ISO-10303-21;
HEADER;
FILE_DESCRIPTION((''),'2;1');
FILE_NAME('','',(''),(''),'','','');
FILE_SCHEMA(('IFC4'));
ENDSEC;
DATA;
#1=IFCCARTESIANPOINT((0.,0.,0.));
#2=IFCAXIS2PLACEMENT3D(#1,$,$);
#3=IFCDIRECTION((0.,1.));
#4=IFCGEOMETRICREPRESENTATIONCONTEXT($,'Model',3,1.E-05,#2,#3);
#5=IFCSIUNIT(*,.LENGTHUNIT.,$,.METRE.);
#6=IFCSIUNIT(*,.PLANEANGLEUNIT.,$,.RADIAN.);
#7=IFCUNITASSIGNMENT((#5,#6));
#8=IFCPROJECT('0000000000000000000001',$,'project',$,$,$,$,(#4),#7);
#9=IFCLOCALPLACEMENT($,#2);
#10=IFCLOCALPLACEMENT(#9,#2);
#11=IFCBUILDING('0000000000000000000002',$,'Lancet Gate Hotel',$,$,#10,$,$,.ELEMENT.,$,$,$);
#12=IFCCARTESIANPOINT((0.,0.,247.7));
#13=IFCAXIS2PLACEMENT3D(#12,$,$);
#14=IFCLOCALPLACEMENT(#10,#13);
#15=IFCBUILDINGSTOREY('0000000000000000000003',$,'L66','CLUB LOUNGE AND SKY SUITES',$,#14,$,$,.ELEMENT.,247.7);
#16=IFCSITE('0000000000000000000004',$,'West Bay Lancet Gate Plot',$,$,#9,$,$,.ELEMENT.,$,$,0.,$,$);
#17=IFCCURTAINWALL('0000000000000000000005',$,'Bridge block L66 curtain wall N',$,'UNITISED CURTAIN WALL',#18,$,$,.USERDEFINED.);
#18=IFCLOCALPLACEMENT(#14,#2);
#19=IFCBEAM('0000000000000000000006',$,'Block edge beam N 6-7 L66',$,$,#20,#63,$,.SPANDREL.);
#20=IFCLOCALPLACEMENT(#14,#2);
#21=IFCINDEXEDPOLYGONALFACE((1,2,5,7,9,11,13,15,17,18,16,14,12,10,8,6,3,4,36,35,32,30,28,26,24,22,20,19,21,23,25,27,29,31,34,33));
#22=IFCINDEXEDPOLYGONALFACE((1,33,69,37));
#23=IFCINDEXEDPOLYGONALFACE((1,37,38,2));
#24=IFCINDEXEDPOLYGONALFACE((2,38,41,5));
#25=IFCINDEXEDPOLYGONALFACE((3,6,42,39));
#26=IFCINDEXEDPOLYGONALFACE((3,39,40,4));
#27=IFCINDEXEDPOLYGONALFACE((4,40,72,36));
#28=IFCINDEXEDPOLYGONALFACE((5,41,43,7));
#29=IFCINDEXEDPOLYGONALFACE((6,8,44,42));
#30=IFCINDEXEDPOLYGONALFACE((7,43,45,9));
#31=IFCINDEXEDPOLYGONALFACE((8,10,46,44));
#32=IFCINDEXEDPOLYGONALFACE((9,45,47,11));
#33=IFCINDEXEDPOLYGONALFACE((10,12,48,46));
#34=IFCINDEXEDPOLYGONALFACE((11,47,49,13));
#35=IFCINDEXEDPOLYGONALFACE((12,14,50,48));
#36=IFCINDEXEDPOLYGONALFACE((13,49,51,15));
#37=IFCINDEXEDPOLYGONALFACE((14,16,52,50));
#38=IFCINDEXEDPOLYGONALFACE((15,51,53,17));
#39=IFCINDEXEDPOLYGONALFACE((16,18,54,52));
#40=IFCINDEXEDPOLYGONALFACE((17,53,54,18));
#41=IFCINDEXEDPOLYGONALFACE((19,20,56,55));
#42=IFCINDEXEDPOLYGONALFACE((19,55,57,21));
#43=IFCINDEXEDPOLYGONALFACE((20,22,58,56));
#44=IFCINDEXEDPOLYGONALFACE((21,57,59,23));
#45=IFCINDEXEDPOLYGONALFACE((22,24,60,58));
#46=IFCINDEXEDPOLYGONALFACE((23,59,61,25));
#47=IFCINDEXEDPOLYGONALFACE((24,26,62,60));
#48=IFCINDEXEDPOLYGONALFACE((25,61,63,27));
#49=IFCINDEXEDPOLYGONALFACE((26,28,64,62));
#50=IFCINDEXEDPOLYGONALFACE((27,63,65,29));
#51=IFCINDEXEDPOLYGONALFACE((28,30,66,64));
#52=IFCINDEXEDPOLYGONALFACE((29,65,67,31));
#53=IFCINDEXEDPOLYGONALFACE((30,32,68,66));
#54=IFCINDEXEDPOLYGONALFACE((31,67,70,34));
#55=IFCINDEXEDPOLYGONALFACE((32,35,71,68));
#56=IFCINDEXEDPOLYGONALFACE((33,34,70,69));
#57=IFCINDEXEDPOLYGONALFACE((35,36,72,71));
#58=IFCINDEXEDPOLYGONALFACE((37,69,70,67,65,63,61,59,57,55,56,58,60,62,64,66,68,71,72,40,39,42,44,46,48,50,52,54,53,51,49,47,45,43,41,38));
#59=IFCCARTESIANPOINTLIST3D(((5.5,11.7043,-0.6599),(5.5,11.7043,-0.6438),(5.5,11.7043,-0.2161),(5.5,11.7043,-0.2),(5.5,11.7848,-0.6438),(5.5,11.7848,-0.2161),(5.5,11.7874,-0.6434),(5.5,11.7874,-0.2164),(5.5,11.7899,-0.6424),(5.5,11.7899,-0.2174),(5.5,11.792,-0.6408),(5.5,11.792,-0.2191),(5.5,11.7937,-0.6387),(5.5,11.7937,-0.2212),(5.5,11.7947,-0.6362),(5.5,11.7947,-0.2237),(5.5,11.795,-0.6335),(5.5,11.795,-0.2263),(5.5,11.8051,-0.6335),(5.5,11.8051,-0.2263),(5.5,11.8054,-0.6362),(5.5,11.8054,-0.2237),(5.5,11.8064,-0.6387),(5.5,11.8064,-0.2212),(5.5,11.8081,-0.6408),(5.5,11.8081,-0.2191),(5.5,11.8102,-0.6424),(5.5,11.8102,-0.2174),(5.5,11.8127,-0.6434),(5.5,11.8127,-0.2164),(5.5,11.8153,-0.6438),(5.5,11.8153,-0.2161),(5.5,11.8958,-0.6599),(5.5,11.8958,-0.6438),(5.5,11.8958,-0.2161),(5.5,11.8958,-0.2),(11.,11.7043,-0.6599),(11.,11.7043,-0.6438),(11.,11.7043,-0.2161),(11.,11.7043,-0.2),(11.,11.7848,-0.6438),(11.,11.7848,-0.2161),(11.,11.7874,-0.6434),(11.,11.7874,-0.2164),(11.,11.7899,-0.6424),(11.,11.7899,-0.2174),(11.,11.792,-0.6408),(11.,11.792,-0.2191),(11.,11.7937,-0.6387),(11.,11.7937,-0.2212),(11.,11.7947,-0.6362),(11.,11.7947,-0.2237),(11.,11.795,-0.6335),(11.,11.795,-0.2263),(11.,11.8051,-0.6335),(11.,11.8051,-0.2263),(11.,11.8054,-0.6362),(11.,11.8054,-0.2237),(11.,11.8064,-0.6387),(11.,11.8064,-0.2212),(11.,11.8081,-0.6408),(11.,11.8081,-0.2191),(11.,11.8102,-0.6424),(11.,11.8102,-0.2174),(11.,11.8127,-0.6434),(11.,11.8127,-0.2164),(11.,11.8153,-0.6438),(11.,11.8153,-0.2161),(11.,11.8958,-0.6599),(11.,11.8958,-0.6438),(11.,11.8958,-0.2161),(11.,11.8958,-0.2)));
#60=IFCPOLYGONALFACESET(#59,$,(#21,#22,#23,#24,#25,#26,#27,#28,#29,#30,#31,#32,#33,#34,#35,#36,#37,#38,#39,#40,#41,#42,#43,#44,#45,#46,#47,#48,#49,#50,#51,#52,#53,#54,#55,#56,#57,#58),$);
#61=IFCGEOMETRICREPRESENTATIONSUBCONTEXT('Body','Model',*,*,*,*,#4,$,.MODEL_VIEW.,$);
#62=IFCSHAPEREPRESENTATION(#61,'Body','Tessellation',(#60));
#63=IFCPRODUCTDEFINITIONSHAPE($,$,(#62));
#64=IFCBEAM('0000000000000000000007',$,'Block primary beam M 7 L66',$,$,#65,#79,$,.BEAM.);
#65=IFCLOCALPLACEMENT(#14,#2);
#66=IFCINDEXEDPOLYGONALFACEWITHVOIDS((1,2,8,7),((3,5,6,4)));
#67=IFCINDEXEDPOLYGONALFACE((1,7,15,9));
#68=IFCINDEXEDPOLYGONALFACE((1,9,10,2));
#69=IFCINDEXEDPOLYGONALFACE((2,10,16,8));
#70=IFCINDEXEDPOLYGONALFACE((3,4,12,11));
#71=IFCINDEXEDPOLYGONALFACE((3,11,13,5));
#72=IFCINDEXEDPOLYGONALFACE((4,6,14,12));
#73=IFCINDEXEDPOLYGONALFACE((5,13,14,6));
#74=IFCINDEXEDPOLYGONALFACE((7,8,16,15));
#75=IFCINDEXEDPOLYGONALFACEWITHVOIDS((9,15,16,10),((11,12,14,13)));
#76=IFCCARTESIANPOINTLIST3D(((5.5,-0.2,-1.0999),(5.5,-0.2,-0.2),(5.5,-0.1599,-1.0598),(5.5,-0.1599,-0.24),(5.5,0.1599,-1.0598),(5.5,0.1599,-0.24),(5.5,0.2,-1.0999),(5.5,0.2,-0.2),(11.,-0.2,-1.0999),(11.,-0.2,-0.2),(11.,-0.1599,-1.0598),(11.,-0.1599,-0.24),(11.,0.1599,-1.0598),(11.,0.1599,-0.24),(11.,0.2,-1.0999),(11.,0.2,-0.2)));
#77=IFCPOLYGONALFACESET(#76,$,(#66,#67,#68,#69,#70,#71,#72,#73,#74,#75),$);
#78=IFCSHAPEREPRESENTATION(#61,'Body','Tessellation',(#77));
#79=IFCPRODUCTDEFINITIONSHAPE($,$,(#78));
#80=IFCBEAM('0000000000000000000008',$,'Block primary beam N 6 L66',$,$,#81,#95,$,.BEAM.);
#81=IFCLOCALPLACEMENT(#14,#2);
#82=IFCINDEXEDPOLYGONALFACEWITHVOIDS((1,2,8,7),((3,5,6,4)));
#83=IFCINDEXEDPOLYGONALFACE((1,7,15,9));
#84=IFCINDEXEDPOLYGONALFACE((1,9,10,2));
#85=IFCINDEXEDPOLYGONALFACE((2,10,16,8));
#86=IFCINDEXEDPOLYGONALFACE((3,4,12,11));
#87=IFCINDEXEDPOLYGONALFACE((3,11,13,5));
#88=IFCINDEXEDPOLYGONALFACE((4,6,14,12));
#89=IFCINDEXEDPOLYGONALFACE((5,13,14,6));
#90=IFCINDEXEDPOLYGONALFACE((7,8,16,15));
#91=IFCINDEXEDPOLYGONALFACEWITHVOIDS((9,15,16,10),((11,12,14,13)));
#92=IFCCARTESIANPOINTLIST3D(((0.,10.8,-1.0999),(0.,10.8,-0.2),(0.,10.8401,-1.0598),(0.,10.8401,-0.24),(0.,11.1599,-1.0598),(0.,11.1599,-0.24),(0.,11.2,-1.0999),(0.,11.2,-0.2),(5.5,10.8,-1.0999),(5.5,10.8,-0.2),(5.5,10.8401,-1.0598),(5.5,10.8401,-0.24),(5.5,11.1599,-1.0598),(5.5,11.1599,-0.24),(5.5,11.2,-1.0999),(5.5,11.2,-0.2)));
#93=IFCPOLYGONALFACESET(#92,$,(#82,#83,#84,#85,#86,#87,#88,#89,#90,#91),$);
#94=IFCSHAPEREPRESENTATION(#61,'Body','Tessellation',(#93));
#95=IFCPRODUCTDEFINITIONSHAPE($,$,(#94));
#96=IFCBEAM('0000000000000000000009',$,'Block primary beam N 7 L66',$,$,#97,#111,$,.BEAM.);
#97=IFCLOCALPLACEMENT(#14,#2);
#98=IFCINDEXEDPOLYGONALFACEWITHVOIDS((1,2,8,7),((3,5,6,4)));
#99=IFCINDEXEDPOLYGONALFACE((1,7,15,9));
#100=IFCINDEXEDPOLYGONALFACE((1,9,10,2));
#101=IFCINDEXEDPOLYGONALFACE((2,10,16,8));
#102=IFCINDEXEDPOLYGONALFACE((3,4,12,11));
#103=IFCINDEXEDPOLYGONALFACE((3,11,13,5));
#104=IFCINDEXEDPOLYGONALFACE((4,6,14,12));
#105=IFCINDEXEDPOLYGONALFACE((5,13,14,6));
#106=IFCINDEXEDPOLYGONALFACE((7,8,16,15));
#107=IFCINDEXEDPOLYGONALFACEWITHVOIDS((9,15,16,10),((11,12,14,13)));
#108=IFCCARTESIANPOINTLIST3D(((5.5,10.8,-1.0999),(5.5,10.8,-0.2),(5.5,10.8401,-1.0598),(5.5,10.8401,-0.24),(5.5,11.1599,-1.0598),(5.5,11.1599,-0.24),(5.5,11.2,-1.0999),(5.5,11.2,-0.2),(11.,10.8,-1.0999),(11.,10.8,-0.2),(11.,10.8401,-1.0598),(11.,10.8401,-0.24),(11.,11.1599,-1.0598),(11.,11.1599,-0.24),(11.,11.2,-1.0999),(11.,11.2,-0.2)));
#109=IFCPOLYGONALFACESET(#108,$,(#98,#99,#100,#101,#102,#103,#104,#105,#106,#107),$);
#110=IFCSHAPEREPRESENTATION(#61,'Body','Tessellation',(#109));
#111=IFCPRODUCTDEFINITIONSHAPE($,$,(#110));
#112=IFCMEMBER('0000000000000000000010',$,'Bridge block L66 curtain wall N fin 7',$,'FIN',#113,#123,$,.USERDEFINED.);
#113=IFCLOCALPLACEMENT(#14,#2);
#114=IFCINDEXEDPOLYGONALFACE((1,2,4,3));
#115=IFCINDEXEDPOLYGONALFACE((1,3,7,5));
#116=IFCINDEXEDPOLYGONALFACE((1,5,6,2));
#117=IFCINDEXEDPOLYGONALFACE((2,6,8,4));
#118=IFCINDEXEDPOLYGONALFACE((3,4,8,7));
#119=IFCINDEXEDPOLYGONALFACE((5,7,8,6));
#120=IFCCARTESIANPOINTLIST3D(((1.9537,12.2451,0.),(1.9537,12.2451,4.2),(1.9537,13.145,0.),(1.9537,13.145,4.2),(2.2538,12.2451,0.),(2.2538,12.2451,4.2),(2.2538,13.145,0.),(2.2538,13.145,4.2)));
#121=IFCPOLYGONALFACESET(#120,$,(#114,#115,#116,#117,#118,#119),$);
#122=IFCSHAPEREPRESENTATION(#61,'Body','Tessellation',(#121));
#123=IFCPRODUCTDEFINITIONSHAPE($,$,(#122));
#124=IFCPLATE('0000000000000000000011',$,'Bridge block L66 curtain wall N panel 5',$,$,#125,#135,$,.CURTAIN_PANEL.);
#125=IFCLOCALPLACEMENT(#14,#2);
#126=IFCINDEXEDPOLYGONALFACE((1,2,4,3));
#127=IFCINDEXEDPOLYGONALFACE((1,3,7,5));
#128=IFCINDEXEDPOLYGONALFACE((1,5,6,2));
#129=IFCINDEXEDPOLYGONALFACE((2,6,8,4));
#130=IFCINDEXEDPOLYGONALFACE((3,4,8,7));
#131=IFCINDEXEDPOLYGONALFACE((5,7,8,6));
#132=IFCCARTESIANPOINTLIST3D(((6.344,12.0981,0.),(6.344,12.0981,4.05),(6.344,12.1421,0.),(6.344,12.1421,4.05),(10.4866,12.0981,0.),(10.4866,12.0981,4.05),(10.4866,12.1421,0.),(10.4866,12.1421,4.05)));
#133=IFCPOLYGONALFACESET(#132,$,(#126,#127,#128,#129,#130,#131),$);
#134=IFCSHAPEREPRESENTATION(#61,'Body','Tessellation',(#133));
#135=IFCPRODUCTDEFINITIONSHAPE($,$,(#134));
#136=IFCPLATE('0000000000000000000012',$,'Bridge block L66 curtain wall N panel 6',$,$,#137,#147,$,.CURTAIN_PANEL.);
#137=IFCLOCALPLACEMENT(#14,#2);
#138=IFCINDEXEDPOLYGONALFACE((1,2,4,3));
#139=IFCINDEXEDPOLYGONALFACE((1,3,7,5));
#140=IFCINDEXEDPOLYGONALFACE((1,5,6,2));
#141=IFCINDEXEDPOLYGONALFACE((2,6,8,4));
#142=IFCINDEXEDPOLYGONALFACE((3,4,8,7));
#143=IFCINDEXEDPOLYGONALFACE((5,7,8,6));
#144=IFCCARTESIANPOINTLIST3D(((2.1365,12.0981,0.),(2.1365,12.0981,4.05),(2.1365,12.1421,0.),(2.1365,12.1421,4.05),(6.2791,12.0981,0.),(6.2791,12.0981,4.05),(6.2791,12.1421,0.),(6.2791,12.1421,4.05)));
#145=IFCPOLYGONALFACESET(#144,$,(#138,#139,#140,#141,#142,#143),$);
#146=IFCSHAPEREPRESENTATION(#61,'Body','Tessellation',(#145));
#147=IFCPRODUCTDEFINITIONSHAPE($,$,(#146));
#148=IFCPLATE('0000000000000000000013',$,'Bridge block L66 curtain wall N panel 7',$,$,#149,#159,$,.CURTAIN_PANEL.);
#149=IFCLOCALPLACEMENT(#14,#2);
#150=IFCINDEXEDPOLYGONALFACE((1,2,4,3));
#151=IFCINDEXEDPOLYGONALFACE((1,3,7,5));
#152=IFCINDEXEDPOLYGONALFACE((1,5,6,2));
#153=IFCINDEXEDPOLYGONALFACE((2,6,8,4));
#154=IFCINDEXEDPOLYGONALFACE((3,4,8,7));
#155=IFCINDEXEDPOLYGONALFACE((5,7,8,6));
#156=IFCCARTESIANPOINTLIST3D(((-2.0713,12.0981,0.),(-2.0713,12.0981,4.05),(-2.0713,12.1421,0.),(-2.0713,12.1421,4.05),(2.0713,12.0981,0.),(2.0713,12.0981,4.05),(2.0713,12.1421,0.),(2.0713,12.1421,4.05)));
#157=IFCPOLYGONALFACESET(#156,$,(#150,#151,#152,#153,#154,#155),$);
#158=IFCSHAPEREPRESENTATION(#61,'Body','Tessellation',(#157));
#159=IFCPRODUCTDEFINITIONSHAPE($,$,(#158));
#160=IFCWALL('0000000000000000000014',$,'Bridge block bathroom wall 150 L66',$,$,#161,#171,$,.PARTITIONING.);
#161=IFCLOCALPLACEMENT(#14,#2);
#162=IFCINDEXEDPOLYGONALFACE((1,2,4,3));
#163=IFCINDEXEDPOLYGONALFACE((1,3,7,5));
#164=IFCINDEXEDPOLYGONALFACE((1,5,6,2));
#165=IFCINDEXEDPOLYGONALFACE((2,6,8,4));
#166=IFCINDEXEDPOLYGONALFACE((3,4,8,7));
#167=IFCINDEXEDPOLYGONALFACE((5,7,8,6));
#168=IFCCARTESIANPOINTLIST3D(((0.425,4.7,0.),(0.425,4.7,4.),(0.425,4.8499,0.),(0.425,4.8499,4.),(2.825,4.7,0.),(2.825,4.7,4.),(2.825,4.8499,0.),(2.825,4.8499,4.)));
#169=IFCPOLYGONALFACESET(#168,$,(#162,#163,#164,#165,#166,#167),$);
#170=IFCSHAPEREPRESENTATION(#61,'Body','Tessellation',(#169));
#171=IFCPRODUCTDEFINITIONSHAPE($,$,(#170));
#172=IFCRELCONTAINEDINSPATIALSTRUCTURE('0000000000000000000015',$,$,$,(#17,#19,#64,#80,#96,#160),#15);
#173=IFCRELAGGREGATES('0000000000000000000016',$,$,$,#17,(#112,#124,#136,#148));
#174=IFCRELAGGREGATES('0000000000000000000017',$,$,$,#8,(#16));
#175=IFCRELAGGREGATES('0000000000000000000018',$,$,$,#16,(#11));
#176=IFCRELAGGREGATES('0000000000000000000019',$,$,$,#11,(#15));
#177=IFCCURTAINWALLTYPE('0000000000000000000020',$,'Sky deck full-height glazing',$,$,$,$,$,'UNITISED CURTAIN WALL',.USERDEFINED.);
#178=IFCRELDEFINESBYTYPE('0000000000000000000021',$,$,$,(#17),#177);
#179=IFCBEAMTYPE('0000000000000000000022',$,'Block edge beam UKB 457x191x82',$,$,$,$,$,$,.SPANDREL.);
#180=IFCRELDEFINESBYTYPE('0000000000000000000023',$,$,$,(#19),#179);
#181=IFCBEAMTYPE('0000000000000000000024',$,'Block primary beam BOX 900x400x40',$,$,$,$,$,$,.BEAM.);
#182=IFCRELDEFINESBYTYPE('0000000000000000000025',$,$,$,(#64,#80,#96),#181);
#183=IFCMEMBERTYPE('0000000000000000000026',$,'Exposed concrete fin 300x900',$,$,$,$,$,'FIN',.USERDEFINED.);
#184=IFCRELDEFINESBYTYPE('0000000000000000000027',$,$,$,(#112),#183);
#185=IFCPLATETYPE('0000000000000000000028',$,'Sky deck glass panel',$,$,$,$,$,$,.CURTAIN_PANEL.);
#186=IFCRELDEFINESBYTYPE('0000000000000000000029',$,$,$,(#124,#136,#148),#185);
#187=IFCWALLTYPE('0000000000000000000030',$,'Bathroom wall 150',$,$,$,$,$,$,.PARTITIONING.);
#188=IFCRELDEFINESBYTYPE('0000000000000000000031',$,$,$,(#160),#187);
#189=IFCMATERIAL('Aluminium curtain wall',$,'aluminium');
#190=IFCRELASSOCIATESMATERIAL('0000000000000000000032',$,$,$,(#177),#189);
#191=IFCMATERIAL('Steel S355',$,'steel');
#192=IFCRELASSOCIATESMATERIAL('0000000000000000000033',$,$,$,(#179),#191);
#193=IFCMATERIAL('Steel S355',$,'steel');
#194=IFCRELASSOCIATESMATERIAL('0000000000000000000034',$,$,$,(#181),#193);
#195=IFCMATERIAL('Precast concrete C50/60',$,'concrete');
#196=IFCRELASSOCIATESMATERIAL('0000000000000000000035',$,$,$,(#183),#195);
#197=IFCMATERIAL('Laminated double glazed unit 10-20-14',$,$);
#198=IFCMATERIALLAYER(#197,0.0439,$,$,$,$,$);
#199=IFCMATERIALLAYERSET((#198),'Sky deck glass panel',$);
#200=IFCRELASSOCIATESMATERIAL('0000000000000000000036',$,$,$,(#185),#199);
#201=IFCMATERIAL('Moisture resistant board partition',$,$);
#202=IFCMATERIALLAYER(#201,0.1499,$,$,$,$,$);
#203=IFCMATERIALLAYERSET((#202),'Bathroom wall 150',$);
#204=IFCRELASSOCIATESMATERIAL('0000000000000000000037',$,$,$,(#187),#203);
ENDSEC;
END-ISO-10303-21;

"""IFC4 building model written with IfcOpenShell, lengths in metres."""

from ifc_helpers import new_model, si_unit, direction, frame, frame_2d, origin, origin_2d, place, context, subcontext, project, spatial, rectangle, hollow_rectangle, i_section, extrude, material, layer, layer_set, material_profile, profile_set, type_object, element, aggregate, save


model = new_model("IFC4")

# Units and contexts
model_context = context("Model", 3, precision=1e-05, world=origin(), true_north=direction((0.0, 1.0)))
body_context = subcontext(model_context, "Body", "Model", "MODEL_VIEW")
ifc_project = project(units=[si_unit("LENGTHUNIT", "METRE"), si_unit("PLANEANGLEUNIT", "RADIAN")], contexts=[model_context])

# Site, building, storey
site_placement = place(None, origin())
site = spatial("IfcSite", under=ifc_project, at=site_placement, Name="West Bay Lancet Gate Plot", CompositionType="ELEMENT", RefElevation=0.0)
building_placement = place(site_placement, origin())
building = spatial("IfcBuilding", under=site, at=building_placement, Name="Lancet Gate Hotel", CompositionType="ELEMENT")
storey_placement = place(building_placement, frame((0.0, 0.0, 247.7)))
storey = spatial("IfcBuildingStorey", under=building, at=storey_placement, Name="L66", Description="CLUB LOUNGE AND SKY SUITES", CompositionType="ELEMENT", Elevation=247.7)

# Curtain wall
ifc_material_1 = material(Name="Aluminium curtain wall", Category="aluminium")
curtain_wall_type = type_object("IfcCurtainWallType", Name="Sky deck full-height glazing", ElementType="UNITISED CURTAIN WALL", PredefinedType="USERDEFINED", material=ifc_material_1)
curtain_wall_placement = place(storey_placement, origin())
curtain_wall = element("IfcCurtainWall", 1, at=curtain_wall_placement, inside=storey, type_object=curtain_wall_type, Name="Bridge block L66 curtain wall N", ObjectType="UNITISED CURTAIN WALL", PredefinedType="USERDEFINED")

# Beams
ifc_material_2 = material(Name="Steel S355", Category="steel")
ifc_material_profile_1 = material_profile(ifc_material_2, i_section(OverallWidth=0.1914, OverallDepth=0.46, WebThickness=0.01, FlangeThickness=0.0161, FilletRadius=0.0103, at=origin_2d()), Name="UKB 457x191x82")
ifc_profile_set_1 = profile_set([ifc_material_profile_1], Name="Steel S355")
beam_type_1 = type_object("IfcBeamType", Name="Block edge beam UKB 457x191x82", PredefinedType="SPANDREL", material=ifc_profile_set_1)
beam_placement = place(storey_placement, frame((5.5, 11.8, -0.4299), z_axis=(1.0, 0.0, 0.0), x_axis=(0.0, 1.0, 0.0)))
element("IfcBeam", 2, at=beam_placement, inside=storey, type_object=beam_type_1, Name="Block edge beam N 6-7 L66", PredefinedType="SPANDREL", context=body_context, shape_type="SweptSolid", body=[
    extrude(i_section(OverallWidth=0.1914, OverallDepth=0.46, WebThickness=0.01, FlangeThickness=0.0161, FilletRadius=0.0103, at=origin_2d()), origin(), (0.0, 0.0, 1.0), 5.5),
])
ifc_material_3 = material(Name="Steel S355", Category="steel")
ifc_material_profile_2 = material_profile(ifc_material_3, hollow_rectangle(XDim=0.3999, YDim=0.8999, WallThickness=0.04, at=origin_2d()), Name="BOX 900x400x40")
ifc_profile_set_2 = profile_set([ifc_material_profile_2], Name="Steel S355")
beam_type_2 = type_object("IfcBeamType", Name="Block primary beam BOX 900x400x40", PredefinedType="BEAM", material=ifc_profile_set_2)
for number, where, z_axis, x_axis, name in (
    (3, (5.5, 0.0, -0.6499), (1.0, 0.0, 0.0), (0.0, 1.0, 0.0), "Block primary beam M 7 L66"),
    (4, (0.0, 11.0, -0.6499), (1.0, 0.0, 0.0), (0.0, 1.0, 0.0), "Block primary beam N 6 L66"),
    (5, (5.5, 11.0, -0.6499), (1.0, 0.0, 0.0), (0.0, 1.0, 0.0), "Block primary beam N 7 L66"),
):
    element("IfcBeam", number, at=place(storey_placement, frame(where, z_axis=z_axis, x_axis=x_axis)), inside=storey, type_object=beam_type_2, Name=name, PredefinedType="BEAM", context=body_context, shape_type="SweptSolid", body=[
        extrude(hollow_rectangle(XDim=0.3999, YDim=0.8999, WallThickness=0.04, at=origin_2d()), origin(), (0.0, 0.0, 1.0), 5.5),
    ])

# Member
ifc_material_4 = material(Name="Precast concrete C50/60", Category="concrete")
ifc_material_profile_3 = material_profile(ifc_material_4, rectangle(XDim=0.3, YDim=0.8999, at=origin_2d()), Name="FIN 300x900")
ifc_profile_set_3 = profile_set([ifc_material_profile_3], Name="Precast concrete C50/60")
member_type_1 = type_object("IfcMemberType", Name="Exposed concrete fin 300x900", ElementType="FIN", PredefinedType="USERDEFINED", material=ifc_profile_set_3)
member_1_placement = place(storey_placement, frame((2.1038, 12.6951, 0.0), z_axis=(0.0, 0.0, 1.0), x_axis=(-1.0, 0.0, 0.0)))
member_1 = element("IfcMember", 6, at=member_1_placement, type_object=member_type_1, Name="Bridge block L66 curtain wall N fin 7", ObjectType="FIN", PredefinedType="USERDEFINED", context=body_context, shape_type="SweptSolid", body=[
    extrude(rectangle(XDim=0.3, YDim=0.8999, at=origin_2d()), origin(), (0.0, 0.0, 1.0), 4.2),
])

# Plates
ifc_material_5 = material(Name="Laminated double glazed unit 10-20-14")
ifc_layer_1 = layer(ifc_material_5, 0.0439)
ifc_layer_set_1 = layer_set([ifc_layer_1], Name="Sky deck glass panel")
plate_type = type_object("IfcPlateType", Name="Sky deck glass panel", PredefinedType="CURTAIN_PANEL", material=ifc_layer_set_1)
plate_1_placement = place(storey_placement, frame((8.4153, 12.1201, 0.0), z_axis=(0.0, 0.0, 1.0), x_axis=(-1.0, 0.0, 0.0)))
plate_1 = element("IfcPlate", 7, at=plate_1_placement, type_object=plate_type, Name="Bridge block L66 curtain wall N panel 5", PredefinedType="CURTAIN_PANEL", context=body_context, shape_type="SweptSolid", body=[
    extrude(rectangle(XDim=4.1426, YDim=0.0439, at=origin_2d()), origin(), (0.0, 0.0, 1.0), 4.05),
])
plate_2_placement = place(storey_placement, frame((4.2078, 12.1201, 0.0), z_axis=(0.0, 0.0, 1.0), x_axis=(-1.0, 0.0, 0.0)))
plate_2 = element("IfcPlate", 8, at=plate_2_placement, type_object=plate_type, Name="Bridge block L66 curtain wall N panel 6", PredefinedType="CURTAIN_PANEL", context=body_context, shape_type="SweptSolid", body=[
    extrude(rectangle(XDim=4.1426, YDim=0.0439, at=origin_2d()), origin(), (0.0, 0.0, 1.0), 4.05),
])
plate_3_placement = place(storey_placement, frame((0.0, 12.1201, 0.0), z_axis=(0.0, 0.0, 1.0), x_axis=(-1.0, 0.0, 0.0)))
plate_3 = element("IfcPlate", 9, at=plate_3_placement, type_object=plate_type, Name="Bridge block L66 curtain wall N panel 7", PredefinedType="CURTAIN_PANEL", context=body_context, shape_type="SweptSolid", body=[
    extrude(rectangle(XDim=4.1426, YDim=0.0439, at=origin_2d()), origin(), (0.0, 0.0, 1.0), 4.05),
])
aggregate(curtain_wall, [member_1, plate_1, plate_2, plate_3])

# Wall
ifc_material_6 = material(Name="Moisture resistant board partition")
ifc_layer_2 = layer(ifc_material_6, 0.1499)
ifc_layer_set_2 = layer_set([ifc_layer_2], Name="Bathroom wall 150")
wall_type_1 = type_object("IfcWallType", Name="Bathroom wall 150", PredefinedType="PARTITIONING", material=ifc_layer_set_2)
wall_1_placement = place(storey_placement, frame((0.425, 4.7749, 0.0), z_axis=(0.0, 0.0, 1.0), x_axis=(1.0, 0.0, 0.0)))
element("IfcWall", 10, at=wall_1_placement, inside=storey, type_object=wall_type_1, Name="Bridge block bathroom wall 150 L66", PredefinedType="PARTITIONING", context=body_context, shape_type="SweptSolid", body=[
    extrude(rectangle(XDim=2.3999, YDim=0.1499, at=frame_2d((1.2, 0.0))), origin(), (0.0, 0.0, 1.0), 4.0),
])

save(model, "model.ifc")
